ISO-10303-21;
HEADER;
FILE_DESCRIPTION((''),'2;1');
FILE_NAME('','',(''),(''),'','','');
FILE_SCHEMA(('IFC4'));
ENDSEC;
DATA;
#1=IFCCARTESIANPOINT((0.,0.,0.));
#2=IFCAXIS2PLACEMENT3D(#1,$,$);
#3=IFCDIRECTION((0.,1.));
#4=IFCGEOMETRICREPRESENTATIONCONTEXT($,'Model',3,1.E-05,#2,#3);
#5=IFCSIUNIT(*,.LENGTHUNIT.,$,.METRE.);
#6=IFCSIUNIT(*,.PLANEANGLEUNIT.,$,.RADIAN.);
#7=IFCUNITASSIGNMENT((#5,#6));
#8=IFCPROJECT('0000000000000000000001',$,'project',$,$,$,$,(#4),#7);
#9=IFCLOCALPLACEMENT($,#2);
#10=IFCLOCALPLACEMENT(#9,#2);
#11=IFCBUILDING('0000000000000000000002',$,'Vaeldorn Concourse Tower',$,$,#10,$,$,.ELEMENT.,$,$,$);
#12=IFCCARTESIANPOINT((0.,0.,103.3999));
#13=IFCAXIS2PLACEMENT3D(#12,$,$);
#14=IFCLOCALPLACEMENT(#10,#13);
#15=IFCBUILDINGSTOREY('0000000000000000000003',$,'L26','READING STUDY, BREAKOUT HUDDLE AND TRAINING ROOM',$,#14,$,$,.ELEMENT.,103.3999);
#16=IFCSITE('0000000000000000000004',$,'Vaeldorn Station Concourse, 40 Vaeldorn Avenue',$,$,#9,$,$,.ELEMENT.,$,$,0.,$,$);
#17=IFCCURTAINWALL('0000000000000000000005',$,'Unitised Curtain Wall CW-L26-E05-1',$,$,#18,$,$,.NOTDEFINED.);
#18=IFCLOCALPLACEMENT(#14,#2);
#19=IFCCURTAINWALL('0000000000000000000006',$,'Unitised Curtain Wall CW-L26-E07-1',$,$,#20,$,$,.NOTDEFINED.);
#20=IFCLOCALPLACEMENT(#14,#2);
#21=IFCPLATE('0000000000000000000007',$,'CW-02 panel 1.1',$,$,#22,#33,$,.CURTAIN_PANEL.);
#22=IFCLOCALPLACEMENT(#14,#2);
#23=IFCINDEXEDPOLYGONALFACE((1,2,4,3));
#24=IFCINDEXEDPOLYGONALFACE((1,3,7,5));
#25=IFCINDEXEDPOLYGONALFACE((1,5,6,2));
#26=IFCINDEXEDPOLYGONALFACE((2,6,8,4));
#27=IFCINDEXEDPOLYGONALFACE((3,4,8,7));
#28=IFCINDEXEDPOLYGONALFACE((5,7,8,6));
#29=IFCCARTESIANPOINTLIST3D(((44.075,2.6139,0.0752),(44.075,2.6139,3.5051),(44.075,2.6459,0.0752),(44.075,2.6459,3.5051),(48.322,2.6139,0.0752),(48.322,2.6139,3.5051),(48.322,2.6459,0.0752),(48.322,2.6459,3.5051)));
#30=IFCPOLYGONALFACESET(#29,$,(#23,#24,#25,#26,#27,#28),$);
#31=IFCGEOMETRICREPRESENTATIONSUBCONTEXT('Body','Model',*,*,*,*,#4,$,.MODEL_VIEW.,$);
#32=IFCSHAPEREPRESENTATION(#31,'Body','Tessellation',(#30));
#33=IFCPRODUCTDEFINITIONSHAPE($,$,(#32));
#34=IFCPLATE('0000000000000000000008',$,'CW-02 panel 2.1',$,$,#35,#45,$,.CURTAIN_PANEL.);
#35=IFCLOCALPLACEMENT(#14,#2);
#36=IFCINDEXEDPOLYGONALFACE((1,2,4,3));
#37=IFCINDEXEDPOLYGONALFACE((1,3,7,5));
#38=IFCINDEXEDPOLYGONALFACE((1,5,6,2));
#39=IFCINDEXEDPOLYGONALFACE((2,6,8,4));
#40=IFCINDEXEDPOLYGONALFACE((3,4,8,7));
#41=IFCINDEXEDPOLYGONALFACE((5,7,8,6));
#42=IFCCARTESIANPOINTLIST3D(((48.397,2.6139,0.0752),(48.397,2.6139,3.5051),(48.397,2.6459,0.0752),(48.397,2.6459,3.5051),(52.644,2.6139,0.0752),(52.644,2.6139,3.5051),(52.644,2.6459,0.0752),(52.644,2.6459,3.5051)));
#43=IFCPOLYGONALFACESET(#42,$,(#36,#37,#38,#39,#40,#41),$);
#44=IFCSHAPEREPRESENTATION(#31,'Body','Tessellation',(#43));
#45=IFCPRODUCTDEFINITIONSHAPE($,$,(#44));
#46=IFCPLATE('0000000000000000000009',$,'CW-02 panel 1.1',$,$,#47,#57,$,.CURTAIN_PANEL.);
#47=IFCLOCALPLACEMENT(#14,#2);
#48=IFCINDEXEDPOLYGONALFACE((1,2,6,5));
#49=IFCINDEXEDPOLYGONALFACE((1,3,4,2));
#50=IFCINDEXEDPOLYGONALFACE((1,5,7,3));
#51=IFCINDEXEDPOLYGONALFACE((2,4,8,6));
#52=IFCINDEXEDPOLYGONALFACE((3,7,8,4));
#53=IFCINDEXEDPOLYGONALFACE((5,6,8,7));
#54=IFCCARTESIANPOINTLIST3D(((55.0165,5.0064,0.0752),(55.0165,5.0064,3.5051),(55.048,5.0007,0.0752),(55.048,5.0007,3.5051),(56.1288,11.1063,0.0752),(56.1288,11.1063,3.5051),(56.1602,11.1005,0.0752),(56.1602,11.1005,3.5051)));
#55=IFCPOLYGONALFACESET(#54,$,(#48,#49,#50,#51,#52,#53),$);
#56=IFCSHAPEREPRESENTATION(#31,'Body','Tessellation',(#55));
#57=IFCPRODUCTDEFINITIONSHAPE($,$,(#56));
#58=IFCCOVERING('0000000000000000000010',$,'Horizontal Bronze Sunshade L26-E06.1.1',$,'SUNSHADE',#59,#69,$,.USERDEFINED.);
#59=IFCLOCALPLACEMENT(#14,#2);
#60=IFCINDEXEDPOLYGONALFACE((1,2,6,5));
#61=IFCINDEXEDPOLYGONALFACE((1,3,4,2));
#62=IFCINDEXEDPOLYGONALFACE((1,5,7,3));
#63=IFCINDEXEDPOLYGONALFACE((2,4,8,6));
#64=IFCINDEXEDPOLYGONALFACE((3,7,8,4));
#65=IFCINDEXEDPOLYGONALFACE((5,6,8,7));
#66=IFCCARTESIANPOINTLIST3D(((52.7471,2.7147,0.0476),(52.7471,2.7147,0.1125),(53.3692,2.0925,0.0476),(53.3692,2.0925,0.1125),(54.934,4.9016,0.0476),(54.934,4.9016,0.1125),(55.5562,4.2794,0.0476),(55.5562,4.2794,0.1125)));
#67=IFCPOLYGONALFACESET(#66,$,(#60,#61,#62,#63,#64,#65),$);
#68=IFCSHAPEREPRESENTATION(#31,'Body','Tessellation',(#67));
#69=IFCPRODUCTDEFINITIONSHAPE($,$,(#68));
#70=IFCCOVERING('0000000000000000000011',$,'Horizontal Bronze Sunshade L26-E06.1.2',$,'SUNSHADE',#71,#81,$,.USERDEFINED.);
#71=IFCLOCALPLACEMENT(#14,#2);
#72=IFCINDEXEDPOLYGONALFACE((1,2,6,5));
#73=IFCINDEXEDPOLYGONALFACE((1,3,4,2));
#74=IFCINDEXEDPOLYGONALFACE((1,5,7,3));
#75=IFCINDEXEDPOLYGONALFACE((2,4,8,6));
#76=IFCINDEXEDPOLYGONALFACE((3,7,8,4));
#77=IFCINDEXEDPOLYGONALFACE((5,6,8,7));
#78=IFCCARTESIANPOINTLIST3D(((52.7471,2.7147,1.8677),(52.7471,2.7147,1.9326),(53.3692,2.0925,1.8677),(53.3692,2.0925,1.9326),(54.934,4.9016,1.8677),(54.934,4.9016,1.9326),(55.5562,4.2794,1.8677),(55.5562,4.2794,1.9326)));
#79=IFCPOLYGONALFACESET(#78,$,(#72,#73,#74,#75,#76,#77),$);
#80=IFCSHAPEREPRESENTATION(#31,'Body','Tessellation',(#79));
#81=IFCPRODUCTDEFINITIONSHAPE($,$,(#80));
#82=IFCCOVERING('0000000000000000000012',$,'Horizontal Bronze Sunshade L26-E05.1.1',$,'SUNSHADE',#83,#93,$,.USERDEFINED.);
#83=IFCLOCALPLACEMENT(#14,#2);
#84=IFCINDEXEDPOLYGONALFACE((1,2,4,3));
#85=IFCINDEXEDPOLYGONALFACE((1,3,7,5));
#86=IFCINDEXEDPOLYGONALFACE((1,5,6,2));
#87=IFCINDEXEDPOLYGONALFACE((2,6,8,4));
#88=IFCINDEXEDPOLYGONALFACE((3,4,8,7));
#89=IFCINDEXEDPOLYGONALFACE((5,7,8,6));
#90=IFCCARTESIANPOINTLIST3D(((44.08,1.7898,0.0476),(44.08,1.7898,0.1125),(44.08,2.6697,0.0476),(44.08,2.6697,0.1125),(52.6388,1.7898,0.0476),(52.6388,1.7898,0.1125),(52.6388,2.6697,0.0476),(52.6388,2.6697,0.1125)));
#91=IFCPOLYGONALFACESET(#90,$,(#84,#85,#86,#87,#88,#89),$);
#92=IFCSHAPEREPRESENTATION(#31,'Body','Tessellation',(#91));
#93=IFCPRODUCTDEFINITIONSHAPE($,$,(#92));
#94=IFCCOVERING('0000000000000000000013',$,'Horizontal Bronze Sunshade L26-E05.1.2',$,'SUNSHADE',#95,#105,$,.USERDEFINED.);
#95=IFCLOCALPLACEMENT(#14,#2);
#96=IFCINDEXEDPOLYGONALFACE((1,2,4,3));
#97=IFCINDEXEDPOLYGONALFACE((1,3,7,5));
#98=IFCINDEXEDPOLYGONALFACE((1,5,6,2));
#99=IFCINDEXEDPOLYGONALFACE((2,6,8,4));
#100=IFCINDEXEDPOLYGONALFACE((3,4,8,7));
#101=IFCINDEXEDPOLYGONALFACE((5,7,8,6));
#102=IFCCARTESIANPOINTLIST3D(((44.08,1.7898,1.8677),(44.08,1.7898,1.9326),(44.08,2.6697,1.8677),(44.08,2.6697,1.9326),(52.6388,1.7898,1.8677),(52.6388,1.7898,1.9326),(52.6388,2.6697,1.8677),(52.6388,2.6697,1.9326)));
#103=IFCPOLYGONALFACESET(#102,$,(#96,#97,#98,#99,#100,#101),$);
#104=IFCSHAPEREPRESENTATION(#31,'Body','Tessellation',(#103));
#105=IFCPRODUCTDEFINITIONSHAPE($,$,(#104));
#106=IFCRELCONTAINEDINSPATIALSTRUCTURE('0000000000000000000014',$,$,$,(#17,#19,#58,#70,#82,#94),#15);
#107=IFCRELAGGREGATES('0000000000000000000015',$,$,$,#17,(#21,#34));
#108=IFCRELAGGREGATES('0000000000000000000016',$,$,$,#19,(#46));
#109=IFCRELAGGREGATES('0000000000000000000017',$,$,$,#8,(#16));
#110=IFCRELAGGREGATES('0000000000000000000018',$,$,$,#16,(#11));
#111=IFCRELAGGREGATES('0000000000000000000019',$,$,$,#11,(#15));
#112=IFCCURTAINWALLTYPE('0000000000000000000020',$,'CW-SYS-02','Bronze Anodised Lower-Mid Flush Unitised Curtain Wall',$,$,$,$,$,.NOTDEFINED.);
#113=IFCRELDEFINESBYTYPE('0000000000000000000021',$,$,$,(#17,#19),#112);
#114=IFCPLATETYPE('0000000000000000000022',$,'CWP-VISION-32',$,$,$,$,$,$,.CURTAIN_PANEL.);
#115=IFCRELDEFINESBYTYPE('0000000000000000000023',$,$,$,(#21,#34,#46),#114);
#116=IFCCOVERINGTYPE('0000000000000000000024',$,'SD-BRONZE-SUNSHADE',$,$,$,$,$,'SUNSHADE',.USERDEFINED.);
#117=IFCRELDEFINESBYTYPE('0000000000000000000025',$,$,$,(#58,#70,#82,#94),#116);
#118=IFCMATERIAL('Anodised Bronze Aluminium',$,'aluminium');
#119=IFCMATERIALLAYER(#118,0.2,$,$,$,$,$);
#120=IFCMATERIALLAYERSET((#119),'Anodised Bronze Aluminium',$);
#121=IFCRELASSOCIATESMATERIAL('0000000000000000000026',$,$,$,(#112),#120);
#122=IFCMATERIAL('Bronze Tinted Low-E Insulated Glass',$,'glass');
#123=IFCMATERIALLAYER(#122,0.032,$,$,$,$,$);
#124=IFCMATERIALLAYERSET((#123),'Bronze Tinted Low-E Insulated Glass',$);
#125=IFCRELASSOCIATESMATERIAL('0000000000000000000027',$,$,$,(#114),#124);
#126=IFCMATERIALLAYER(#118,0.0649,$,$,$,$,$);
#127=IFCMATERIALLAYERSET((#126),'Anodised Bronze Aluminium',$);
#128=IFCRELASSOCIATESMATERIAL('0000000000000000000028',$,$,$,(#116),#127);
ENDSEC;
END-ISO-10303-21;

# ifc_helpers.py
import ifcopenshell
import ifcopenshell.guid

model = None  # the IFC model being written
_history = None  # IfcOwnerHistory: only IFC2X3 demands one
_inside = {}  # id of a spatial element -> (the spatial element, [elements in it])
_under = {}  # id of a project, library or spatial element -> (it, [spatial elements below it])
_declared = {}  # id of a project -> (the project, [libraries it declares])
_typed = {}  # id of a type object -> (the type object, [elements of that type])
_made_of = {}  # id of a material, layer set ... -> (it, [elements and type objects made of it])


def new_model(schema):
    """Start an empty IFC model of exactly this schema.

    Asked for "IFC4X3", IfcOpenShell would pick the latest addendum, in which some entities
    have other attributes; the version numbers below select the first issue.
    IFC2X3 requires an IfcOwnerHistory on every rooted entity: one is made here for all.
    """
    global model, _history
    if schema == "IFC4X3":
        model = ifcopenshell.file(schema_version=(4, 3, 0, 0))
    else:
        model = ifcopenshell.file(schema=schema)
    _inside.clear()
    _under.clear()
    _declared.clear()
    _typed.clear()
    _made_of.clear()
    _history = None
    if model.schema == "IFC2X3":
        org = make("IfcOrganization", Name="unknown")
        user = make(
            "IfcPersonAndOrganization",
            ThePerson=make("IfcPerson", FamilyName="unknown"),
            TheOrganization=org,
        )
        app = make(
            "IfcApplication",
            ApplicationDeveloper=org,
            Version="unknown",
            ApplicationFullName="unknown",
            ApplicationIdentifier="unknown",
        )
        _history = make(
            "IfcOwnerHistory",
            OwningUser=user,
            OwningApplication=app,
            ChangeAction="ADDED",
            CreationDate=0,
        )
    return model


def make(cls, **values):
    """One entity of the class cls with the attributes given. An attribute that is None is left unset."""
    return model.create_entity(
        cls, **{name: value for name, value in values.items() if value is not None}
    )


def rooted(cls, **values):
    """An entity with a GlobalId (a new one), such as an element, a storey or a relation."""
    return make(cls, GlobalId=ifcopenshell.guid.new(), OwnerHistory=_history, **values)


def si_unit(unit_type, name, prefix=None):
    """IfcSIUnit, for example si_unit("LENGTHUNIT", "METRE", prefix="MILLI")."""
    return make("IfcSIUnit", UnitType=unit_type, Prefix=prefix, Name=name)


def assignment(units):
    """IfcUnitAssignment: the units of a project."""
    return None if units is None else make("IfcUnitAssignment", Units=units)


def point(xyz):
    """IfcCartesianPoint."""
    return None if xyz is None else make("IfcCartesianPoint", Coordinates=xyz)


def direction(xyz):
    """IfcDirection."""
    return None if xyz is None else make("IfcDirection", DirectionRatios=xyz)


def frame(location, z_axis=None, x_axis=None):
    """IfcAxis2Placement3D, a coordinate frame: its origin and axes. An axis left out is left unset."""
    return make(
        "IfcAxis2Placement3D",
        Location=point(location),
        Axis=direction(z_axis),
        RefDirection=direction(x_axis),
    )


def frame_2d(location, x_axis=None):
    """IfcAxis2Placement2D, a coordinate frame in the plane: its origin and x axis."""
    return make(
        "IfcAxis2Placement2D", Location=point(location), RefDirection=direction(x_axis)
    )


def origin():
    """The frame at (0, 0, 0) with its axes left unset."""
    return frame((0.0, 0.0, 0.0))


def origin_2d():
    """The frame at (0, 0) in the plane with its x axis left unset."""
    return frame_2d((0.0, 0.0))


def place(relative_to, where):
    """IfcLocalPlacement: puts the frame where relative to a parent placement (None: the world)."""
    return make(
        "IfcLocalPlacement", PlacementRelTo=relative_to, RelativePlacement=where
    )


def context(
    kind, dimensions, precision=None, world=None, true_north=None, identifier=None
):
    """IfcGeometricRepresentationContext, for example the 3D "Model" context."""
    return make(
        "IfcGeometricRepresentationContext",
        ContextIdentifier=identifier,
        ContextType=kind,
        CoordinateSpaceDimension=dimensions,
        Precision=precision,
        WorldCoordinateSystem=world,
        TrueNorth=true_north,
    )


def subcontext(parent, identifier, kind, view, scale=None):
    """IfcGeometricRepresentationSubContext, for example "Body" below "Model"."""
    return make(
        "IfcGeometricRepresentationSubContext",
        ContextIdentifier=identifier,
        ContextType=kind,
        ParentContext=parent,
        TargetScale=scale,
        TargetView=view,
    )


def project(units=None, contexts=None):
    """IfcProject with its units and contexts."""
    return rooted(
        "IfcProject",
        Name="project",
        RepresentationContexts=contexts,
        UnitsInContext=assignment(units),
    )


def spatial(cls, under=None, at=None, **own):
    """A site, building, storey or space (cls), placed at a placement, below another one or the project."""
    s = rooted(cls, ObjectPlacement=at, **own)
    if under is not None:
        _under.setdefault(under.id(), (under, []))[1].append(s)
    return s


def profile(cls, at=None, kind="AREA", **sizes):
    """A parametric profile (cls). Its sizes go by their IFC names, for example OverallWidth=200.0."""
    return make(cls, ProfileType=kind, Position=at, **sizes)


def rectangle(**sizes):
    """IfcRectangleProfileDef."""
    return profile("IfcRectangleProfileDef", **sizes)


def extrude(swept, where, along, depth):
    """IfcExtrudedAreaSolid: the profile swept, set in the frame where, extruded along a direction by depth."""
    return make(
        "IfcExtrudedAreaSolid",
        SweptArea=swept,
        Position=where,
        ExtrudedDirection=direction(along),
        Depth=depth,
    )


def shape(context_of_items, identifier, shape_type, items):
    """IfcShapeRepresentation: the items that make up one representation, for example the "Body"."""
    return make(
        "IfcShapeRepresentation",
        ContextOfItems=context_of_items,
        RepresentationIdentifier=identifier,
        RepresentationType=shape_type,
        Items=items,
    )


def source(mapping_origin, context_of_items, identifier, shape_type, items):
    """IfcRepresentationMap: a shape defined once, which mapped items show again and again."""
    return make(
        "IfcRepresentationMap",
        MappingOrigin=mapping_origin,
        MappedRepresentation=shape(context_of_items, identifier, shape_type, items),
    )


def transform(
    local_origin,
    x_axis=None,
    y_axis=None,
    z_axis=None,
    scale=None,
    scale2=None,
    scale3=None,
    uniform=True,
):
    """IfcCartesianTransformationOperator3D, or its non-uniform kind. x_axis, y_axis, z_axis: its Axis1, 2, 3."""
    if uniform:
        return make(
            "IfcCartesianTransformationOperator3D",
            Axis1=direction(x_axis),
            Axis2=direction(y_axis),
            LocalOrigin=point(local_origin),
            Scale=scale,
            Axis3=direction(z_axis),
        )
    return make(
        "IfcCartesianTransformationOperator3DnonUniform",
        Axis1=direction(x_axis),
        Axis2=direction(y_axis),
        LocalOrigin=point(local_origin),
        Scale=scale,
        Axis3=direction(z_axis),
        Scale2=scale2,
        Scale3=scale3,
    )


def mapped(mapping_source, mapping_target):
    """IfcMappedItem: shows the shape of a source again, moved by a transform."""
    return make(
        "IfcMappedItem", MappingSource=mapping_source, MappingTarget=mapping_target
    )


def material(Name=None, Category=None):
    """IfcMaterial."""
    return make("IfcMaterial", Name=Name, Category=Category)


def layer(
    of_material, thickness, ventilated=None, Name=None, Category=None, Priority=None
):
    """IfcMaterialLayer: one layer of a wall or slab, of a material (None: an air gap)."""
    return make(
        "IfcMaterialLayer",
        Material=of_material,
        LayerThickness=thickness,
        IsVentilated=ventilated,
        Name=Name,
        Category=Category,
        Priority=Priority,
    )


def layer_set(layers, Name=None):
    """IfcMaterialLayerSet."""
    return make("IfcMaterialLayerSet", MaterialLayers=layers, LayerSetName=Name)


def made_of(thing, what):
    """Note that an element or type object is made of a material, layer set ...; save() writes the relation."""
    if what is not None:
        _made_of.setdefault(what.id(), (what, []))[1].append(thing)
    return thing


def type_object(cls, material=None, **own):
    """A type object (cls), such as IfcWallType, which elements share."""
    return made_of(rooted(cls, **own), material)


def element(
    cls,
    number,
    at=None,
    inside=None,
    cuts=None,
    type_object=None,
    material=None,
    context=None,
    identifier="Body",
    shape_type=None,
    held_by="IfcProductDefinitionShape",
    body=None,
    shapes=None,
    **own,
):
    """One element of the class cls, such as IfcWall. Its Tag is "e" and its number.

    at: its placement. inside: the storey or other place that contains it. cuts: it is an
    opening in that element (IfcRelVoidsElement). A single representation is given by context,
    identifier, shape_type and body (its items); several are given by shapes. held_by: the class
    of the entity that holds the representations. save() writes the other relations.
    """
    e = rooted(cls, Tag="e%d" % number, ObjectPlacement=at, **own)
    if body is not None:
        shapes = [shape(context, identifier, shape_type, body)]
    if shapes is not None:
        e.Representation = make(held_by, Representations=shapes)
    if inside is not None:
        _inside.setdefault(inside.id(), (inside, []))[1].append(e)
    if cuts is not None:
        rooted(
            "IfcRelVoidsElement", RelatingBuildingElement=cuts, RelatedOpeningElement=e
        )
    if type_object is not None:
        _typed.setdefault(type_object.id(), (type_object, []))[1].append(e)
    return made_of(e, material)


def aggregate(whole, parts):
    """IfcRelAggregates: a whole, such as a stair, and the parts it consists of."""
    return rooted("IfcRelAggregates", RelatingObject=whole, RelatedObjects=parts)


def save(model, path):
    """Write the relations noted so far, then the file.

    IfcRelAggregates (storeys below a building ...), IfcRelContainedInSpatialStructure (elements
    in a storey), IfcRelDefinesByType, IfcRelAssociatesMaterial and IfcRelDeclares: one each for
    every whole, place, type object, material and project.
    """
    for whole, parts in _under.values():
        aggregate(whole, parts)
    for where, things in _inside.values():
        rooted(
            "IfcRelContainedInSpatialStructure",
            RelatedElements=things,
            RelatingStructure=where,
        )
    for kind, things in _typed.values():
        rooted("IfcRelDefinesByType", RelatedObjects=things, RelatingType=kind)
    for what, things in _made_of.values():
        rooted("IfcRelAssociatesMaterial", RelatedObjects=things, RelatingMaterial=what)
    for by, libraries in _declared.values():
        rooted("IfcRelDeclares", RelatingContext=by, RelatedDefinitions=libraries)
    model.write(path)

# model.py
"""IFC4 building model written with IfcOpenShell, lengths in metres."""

from ifc_helpers import new_model, si_unit, direction, frame, origin, origin_2d, place, context, subcontext, project, spatial, rectangle, extrude, source, transform, mapped, material, layer, layer_set, type_object, element, aggregate, save


model = new_model("IFC4")

# Units and contexts
model_context = context("Model", 3, precision=1e-05, world=origin(), true_north=direction((0.0, 1.0)))
body_context = subcontext(model_context, "Body", "Model", "MODEL_VIEW")
ifc_project = project(units=[si_unit("LENGTHUNIT", "METRE"), si_unit("PLANEANGLEUNIT", "RADIAN")], contexts=[model_context])

# Site, building, storey
site_placement = place(None, origin())
site = spatial("IfcSite", under=ifc_project, at=site_placement, Name="Vaeldorn Station Concourse, 40 Vaeldorn Avenue", CompositionType="ELEMENT", RefElevation=0.0)
building_placement = place(site_placement, origin())
building = spatial("IfcBuilding", under=site, at=building_placement, Name="Vaeldorn Concourse Tower", CompositionType="ELEMENT")
storey_placement = place(building_placement, frame((0.0, 0.0, 103.3999)))
storey = spatial("IfcBuildingStorey", under=building, at=storey_placement, Name="L26", Description="READING STUDY, BREAKOUT HUDDLE AND TRAINING ROOM", CompositionType="ELEMENT", Elevation=103.3999)

# Curtain wall
ifc_material_1 = material(Name="Anodised Bronze Aluminium", Category="aluminium")
ifc_layer_1 = layer(ifc_material_1, 0.2)
ifc_layer_set_1 = layer_set([ifc_layer_1], Name="Anodised Bronze Aluminium")
curtain_wall_type = type_object("IfcCurtainWallType", Name="CW-SYS-02", Description="Bronze Anodised Lower-Mid Flush Unitised Curtain Wall", PredefinedType="NOTDEFINED", material=ifc_layer_set_1)
curtain_wall_1_placement = place(storey_placement, origin())
curtain_wall_1 = element("IfcCurtainWall", 1, at=curtain_wall_1_placement, inside=storey, type_object=curtain_wall_type, Name="Unitised Curtain Wall CW-L26-E05-1", PredefinedType="NOTDEFINED")

# Curtain wall
curtain_wall_2_placement = place(storey_placement, origin())
curtain_wall_2 = element("IfcCurtainWall", 2, at=curtain_wall_2_placement, inside=storey, type_object=curtain_wall_type, Name="Unitised Curtain Wall CW-L26-E07-1", PredefinedType="NOTDEFINED")

# Plates
ifc_material_2 = material(Name="Bronze Tinted Low-E Insulated Glass", Category="glass")
ifc_layer_2 = layer(ifc_material_2, 0.032)
ifc_layer_set_2 = layer_set([ifc_layer_2], Name="Bronze Tinted Low-E Insulated Glass")
plate_type = type_object("IfcPlateType", Name="CWP-VISION-32", PredefinedType="CURTAIN_PANEL", material=ifc_layer_set_2)
shared_shape_1 = source(origin(), body_context, "Body", "SweptSolid", [
    extrude(rectangle(XDim=4.2471, YDim=0.032, at=origin_2d()), origin(), (0.0, 0.0, 1.0), 3.4299),
])
plate_1_placement = place(storey_placement, frame((46.1985, 2.6299, 0.0752), z_axis=(0.0, 0.0, 1.0), x_axis=(1.0, 0.0, 0.0)))
plate_1 = element("IfcPlate", 3, at=plate_1_placement, type_object=plate_type, Name="CW-02 panel 1.1", PredefinedType="CURTAIN_PANEL", context=body_context, shape_type="MappedRepresentation", body=[
    mapped(shared_shape_1, transform((0.0, 0.0, 0.0), scale=1.0)),
])
plate_2_placement = place(storey_placement, frame((50.5205, 2.6299, 0.0752), z_axis=(0.0, 0.0, 1.0), x_axis=(1.0, 0.0, 0.0)))
plate_2 = element("IfcPlate", 4, at=plate_2_placement, type_object=plate_type, Name="CW-02 panel 2.1", PredefinedType="CURTAIN_PANEL", context=body_context, shape_type="MappedRepresentation", body=[
    mapped(shared_shape_1, transform((0.0, 0.0, 0.0), scale=1.0)),
])
aggregate(curtain_wall_1, [plate_1, plate_2])
shared_shape_2 = source(origin(), body_context, "Body", "SweptSolid", [
    extrude(rectangle(XDim=6.2004, YDim=0.032, at=origin_2d()), origin(), (0.0, 0.0, 1.0), 3.4299),
])
plate_3_placement = place(storey_placement, frame((55.5884, 8.0535, 0.0752), z_axis=(0.0, 0.0, 1.0), x_axis=(0.179384, 0.983779, 0.0)))
plate_3 = element("IfcPlate", 5, at=plate_3_placement, type_object=plate_type, Name="CW-02 panel 1.1", PredefinedType="CURTAIN_PANEL", context=body_context, shape_type="MappedRepresentation", body=[
    mapped(shared_shape_2, transform((0.0, 0.0, 0.0), scale=1.0)),
])
aggregate(curtain_wall_2, [plate_3])

# Coverings
ifc_layer_3 = layer(ifc_material_1, 0.0649)
ifc_layer_set_3 = layer_set([ifc_layer_3], Name="Anodised Bronze Aluminium")
covering_type = type_object("IfcCoveringType", Name="SD-BRONZE-SUNSHADE", ElementType="SUNSHADE", PredefinedType="USERDEFINED", material=ifc_layer_set_3)
shared_shape_3 = source(origin(), body_context, "Body", "SweptSolid", [
    extrude(rectangle(XDim=3.0928, YDim=0.8799, at=origin_2d()), origin(), (0.0, 0.0, 1.0), 0.0649),
])
for number, where, z_axis, x_axis, name in (
    (6, (54.1516, 3.4971, 0.0476), (0.0, 0.0, 1.0), (0.707107, 0.707107, 0.0), "Horizontal Bronze Sunshade L26-E06.1.1"),
    (7, (54.1516, 3.4971, 1.8677), (0.0, 0.0, 1.0), (0.707107, 0.707107, 0.0), "Horizontal Bronze Sunshade L26-E06.1.2"),
):
    element("IfcCovering", number, at=place(storey_placement, frame(where, z_axis=z_axis, x_axis=x_axis)), inside=storey, type_object=covering_type, Name=name, ObjectType="SUNSHADE", PredefinedType="USERDEFINED", context=body_context, shape_type="MappedRepresentation", body=[
        mapped(shared_shape_3, transform((0.0, 0.0, 0.0), scale=1.0)),
    ])
shared_shape_4 = source(origin(), body_context, "Body", "SweptSolid", [
    extrude(rectangle(XDim=8.5588, YDim=0.8799, at=origin_2d()), origin(), (0.0, 0.0, 1.0), 0.0649),
])
for number, where, z_axis, x_axis, name in (
    (8, (48.3594, 2.2297, 0.0476), (0.0, 0.0, 1.0), (1.0, 0.0, 0.0), "Horizontal Bronze Sunshade L26-E05.1.1"),
    (9, (48.3594, 2.2297, 1.8677), (0.0, 0.0, 1.0), (1.0, 0.0, 0.0), "Horizontal Bronze Sunshade L26-E05.1.2"),
):
    element("IfcCovering", number, at=place(storey_placement, frame(where, z_axis=z_axis, x_axis=x_axis)), inside=storey, type_object=covering_type, Name=name, ObjectType="SUNSHADE", PredefinedType="USERDEFINED", context=body_context, shape_type="MappedRepresentation", body=[
        mapped(shared_shape_4, transform((0.0, 0.0, 0.0), scale=1.0)),
    ])

save(model, "model.ifc")
